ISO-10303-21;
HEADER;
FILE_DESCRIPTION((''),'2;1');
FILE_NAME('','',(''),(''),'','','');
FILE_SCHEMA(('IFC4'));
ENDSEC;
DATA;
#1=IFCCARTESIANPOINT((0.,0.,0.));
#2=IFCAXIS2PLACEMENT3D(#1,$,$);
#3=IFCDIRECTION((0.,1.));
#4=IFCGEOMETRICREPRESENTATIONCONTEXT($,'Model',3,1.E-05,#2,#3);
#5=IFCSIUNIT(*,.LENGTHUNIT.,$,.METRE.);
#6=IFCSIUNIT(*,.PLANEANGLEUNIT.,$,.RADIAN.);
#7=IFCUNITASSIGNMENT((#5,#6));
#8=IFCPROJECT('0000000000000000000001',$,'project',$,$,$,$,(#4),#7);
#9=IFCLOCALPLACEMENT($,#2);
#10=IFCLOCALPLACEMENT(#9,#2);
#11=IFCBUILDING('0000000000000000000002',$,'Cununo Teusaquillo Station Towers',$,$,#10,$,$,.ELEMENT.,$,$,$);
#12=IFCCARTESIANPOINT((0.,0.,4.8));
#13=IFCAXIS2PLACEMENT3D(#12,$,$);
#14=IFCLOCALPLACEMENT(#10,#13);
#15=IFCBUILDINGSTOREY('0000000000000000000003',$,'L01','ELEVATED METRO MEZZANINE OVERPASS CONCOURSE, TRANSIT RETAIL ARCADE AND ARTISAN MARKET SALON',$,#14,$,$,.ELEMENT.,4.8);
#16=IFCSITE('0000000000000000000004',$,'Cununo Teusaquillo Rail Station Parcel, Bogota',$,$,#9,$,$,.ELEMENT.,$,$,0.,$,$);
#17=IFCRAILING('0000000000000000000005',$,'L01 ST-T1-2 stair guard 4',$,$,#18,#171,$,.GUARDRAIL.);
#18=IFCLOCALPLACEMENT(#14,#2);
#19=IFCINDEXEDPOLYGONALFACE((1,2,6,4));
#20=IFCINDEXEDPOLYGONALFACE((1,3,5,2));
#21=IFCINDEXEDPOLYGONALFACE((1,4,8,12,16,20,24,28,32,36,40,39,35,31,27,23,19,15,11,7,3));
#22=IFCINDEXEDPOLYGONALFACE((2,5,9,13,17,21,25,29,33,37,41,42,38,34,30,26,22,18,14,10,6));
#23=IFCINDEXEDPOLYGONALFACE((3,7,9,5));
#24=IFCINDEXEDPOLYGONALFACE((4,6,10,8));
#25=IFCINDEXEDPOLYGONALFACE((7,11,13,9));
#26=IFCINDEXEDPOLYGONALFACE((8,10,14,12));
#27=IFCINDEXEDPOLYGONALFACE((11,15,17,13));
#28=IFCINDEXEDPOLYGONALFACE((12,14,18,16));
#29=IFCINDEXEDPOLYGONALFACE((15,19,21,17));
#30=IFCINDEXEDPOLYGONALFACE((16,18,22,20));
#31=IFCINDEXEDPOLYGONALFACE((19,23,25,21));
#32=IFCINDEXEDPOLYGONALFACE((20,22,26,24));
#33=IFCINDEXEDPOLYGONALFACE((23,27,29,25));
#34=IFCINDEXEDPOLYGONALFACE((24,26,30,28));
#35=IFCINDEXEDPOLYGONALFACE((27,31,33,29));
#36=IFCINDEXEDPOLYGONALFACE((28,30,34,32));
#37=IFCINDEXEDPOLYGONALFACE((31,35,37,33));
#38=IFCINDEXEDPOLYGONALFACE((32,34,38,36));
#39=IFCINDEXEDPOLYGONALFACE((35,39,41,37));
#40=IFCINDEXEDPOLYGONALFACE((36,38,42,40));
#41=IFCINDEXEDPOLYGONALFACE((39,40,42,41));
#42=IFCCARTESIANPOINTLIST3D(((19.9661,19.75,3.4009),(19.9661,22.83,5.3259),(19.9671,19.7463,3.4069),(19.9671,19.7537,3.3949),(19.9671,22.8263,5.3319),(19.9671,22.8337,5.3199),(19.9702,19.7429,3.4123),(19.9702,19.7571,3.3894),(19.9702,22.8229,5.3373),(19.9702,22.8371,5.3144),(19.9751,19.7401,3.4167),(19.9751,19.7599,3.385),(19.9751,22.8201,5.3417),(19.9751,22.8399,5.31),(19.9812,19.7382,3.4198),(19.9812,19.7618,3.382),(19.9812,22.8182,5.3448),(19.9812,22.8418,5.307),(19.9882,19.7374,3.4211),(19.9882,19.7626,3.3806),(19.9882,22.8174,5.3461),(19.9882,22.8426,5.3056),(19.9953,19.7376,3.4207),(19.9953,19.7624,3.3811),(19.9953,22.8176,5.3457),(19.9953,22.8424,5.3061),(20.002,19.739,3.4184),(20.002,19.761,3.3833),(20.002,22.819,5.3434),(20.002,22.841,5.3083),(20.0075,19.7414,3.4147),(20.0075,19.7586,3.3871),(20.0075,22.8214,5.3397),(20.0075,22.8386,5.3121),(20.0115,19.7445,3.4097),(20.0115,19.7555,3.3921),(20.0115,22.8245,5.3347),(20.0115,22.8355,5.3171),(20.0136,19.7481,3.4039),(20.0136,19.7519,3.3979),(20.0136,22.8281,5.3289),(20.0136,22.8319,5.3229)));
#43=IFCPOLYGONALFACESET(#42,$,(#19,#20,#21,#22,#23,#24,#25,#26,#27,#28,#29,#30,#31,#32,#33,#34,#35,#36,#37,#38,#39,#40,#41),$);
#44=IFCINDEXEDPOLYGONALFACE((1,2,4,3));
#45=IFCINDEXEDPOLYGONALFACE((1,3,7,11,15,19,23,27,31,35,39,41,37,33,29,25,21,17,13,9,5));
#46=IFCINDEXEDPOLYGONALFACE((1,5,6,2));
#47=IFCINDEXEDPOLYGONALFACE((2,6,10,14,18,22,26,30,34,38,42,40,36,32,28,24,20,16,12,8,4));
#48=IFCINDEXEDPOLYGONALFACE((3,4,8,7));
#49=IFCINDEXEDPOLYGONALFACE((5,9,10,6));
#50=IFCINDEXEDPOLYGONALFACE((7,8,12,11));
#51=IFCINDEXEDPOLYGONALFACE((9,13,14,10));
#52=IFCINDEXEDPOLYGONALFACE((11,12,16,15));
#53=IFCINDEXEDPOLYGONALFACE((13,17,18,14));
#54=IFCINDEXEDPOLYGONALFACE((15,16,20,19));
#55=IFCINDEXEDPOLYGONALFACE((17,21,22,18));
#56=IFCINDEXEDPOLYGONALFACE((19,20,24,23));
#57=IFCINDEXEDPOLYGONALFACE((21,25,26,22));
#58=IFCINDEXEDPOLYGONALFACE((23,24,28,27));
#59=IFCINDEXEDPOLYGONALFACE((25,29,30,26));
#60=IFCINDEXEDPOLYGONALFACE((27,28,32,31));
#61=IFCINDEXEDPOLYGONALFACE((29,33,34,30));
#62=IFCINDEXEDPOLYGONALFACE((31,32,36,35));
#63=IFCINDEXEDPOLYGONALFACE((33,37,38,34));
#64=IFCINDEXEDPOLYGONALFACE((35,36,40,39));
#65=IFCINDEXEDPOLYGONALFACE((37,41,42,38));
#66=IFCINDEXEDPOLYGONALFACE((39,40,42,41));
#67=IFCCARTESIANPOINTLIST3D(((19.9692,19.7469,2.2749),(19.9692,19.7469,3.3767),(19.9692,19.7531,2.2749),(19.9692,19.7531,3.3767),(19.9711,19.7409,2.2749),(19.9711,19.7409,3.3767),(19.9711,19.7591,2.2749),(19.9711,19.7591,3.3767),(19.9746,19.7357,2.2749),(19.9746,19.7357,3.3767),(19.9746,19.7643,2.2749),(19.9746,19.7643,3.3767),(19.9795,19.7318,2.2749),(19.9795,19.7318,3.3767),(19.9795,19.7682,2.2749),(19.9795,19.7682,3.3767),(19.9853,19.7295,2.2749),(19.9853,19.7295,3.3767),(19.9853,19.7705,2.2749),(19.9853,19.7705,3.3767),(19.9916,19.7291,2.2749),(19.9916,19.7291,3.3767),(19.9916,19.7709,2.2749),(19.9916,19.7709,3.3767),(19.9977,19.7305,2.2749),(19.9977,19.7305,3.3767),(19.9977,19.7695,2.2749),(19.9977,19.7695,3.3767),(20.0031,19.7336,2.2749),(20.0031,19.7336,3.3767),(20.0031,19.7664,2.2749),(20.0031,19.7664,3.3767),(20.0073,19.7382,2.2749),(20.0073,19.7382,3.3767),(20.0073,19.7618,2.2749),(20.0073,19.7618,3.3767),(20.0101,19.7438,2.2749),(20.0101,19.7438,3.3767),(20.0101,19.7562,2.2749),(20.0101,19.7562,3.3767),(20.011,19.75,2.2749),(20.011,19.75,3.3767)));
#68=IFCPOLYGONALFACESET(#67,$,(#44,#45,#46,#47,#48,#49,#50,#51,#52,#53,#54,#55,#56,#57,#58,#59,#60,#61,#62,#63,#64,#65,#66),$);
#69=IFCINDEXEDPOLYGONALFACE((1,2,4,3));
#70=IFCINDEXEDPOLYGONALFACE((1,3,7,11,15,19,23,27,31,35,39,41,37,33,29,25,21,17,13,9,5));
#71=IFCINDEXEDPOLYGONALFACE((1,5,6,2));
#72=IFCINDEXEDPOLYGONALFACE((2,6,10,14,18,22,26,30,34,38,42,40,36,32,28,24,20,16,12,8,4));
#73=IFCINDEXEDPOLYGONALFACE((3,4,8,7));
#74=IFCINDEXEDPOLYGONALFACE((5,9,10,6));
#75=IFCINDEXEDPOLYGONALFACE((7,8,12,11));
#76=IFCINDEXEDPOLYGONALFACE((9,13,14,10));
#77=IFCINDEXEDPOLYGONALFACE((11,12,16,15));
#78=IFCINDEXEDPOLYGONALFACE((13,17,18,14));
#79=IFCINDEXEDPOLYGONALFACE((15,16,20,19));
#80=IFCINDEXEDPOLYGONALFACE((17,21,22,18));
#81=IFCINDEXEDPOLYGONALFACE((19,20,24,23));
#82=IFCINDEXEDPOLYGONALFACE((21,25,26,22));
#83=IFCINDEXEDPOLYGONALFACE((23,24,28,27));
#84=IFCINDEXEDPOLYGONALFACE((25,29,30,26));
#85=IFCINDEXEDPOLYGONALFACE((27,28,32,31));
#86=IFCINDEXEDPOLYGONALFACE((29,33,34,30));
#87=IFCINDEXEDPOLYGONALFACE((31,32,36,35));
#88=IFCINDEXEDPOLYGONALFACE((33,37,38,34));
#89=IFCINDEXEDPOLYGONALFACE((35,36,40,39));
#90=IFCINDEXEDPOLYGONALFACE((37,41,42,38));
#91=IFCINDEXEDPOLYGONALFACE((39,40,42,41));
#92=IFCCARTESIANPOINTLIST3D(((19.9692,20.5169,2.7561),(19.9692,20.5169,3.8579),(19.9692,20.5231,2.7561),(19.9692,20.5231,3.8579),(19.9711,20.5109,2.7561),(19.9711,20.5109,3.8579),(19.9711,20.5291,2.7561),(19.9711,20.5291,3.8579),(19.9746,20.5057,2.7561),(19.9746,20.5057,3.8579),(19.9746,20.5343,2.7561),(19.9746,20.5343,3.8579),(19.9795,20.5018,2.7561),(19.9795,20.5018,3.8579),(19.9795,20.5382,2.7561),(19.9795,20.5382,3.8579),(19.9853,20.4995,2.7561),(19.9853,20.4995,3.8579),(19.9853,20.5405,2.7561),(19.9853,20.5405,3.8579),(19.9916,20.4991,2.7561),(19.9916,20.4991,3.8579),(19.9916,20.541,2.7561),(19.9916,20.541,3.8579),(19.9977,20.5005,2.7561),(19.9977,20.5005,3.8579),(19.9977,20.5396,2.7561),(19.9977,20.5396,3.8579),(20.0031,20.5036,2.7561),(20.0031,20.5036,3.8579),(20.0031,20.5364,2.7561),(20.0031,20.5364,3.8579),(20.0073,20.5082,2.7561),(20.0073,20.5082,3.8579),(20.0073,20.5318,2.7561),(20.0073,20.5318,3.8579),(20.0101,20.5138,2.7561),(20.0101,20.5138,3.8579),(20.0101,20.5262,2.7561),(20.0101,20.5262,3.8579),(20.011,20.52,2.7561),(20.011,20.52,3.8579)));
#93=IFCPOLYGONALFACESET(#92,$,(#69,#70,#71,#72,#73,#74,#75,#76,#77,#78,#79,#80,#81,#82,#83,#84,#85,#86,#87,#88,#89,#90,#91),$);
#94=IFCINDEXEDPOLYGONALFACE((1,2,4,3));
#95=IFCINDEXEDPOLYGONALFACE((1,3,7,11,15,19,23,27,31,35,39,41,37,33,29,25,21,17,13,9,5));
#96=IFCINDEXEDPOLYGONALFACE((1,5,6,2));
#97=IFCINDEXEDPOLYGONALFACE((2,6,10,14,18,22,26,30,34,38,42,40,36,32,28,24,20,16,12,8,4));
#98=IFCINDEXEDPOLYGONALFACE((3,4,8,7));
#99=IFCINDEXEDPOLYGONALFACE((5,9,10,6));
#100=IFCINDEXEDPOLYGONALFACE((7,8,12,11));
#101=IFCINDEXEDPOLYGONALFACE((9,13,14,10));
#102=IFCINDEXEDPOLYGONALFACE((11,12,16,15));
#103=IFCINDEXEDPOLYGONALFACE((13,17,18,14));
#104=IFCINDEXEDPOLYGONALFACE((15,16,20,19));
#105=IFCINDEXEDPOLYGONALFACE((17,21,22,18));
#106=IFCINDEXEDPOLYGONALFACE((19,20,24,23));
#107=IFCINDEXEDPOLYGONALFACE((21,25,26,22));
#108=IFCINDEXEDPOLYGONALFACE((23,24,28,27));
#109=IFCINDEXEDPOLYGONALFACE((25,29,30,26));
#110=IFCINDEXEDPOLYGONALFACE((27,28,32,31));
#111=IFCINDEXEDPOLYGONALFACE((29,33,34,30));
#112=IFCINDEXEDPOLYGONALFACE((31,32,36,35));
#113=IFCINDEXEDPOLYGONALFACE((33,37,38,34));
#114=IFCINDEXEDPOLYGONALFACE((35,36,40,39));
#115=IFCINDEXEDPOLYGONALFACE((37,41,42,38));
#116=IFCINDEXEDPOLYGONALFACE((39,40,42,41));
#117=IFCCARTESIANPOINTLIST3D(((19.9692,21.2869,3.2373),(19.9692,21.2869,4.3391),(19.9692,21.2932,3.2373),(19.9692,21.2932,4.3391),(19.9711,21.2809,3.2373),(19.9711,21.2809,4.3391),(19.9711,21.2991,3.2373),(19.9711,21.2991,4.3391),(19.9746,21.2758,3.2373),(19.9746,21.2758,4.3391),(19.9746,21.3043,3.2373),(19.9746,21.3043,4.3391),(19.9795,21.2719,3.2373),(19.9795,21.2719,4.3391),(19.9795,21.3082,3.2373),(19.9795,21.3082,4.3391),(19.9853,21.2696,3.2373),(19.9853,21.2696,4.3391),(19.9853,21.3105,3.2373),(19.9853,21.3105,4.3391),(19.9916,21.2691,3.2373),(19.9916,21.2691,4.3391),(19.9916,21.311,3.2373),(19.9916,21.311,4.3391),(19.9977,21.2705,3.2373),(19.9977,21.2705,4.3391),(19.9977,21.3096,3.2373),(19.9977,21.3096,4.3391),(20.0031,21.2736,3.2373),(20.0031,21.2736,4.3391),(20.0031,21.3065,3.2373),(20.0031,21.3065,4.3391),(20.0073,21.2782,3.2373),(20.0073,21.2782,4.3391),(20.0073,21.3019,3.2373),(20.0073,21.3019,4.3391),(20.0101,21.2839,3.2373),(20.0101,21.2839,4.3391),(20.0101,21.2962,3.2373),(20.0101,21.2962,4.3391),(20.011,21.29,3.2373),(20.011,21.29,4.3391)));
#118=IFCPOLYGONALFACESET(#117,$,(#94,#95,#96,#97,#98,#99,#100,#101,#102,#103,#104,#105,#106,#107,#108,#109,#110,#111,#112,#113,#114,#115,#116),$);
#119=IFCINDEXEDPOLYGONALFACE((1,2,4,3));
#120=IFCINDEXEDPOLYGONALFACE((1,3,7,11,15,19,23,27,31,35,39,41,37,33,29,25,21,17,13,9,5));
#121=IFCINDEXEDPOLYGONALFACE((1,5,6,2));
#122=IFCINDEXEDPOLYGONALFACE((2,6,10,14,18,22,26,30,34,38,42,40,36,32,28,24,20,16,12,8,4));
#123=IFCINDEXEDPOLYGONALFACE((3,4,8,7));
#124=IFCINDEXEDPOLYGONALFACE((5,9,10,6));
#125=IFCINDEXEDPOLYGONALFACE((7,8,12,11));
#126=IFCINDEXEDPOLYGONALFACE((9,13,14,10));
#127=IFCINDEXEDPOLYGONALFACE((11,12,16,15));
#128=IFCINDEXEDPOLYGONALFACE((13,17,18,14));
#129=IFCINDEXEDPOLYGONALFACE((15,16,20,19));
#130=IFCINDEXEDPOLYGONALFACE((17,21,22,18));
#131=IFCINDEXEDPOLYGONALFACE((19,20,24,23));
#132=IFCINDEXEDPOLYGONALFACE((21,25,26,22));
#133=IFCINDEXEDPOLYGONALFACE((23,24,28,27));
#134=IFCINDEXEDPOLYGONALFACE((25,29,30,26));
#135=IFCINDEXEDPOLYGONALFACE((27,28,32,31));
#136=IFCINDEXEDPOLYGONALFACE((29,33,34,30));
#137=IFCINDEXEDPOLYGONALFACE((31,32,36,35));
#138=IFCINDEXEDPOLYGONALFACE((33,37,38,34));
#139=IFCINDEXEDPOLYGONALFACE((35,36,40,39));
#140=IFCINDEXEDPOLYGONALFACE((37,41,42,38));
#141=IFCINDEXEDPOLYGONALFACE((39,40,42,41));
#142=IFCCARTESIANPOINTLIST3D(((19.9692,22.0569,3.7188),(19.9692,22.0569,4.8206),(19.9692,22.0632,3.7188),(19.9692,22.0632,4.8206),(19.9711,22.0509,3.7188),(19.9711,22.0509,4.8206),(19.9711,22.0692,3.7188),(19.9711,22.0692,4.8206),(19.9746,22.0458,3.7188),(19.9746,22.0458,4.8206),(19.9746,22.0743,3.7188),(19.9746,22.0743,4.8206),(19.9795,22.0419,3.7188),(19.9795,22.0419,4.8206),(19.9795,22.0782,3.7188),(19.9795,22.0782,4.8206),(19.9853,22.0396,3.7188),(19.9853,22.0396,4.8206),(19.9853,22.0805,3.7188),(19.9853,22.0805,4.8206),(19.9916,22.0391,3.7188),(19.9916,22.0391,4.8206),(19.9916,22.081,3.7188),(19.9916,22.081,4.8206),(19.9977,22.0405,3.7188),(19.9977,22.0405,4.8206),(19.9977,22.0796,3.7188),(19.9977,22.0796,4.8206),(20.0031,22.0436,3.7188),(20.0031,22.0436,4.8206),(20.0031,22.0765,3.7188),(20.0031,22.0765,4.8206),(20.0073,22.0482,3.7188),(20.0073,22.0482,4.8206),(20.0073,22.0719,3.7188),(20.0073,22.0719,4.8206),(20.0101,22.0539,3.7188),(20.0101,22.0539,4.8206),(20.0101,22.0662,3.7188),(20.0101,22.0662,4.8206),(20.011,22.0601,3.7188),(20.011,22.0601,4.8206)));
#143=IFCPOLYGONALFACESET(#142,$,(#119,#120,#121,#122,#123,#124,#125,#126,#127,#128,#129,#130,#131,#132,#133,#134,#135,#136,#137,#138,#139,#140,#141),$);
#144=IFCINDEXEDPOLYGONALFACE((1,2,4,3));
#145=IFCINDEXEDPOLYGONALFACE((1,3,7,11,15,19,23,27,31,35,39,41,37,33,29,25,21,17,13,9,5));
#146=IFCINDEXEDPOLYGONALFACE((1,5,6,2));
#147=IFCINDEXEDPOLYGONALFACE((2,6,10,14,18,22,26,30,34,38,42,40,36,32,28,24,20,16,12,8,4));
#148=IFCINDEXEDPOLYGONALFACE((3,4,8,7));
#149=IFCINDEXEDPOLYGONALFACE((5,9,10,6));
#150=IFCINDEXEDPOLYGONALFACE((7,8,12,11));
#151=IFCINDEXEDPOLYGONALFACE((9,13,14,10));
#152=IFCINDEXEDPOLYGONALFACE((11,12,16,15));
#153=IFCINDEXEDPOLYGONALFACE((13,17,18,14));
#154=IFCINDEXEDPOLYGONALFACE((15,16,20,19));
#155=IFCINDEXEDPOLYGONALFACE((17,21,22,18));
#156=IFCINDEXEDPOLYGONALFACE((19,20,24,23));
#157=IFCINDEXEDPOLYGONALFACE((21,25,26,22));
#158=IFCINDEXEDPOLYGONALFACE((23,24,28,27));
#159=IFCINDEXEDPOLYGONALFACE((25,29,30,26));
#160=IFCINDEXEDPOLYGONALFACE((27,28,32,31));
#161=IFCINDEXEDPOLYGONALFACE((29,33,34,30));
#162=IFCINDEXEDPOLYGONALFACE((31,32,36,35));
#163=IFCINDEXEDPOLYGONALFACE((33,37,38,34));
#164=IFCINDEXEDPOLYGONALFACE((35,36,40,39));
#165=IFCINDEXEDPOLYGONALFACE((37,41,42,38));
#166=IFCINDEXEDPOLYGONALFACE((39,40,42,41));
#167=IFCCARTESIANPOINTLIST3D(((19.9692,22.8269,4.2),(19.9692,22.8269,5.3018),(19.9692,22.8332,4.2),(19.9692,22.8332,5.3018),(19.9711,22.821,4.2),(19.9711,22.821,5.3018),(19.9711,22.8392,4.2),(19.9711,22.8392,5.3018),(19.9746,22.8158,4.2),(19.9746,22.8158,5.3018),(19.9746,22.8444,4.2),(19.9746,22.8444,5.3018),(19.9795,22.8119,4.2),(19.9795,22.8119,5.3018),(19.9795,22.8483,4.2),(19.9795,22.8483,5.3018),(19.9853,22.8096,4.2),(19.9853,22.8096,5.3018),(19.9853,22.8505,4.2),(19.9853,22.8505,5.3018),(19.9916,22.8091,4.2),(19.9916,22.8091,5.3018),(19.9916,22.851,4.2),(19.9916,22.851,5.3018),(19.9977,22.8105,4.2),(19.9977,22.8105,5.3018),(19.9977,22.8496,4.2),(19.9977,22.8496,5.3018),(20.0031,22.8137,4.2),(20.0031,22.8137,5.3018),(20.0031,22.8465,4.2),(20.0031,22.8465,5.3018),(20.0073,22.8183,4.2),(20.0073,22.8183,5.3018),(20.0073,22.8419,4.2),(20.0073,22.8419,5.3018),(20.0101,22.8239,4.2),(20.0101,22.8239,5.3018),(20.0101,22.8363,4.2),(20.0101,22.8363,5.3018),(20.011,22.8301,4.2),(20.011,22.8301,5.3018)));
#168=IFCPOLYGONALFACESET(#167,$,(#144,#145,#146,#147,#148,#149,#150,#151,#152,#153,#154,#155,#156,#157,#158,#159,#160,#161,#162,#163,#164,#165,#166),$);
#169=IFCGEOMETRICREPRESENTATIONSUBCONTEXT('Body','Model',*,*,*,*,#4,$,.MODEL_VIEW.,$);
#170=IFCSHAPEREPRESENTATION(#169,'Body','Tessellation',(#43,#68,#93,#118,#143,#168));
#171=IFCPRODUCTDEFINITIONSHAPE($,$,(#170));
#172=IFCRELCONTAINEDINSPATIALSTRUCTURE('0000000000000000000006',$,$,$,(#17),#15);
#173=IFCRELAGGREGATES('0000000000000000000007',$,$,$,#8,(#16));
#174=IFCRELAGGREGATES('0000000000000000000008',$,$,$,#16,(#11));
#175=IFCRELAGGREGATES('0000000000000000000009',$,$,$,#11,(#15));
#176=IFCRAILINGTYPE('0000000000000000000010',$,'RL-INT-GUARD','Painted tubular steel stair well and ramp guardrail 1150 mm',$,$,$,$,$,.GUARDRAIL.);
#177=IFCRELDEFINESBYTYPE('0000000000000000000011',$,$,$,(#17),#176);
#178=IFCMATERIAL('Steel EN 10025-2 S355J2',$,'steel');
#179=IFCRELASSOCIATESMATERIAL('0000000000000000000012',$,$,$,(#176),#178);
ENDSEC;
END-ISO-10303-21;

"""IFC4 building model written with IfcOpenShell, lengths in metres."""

from ifc_helpers import new_model, si_unit, direction, frame, origin, origin_2d, place, context, subcontext, project, spatial, circle, extrude, material, type_object, element, save


model = new_model("IFC4")

# Units and contexts
model_context = context("Model", 3, precision=1e-05, world=origin(), true_north=direction((0.0, 1.0)))
body_context = subcontext(model_context, "Body", "Model", "MODEL_VIEW")
ifc_project = project(units=[si_unit("LENGTHUNIT", "METRE"), si_unit("PLANEANGLEUNIT", "RADIAN")], contexts=[model_context])

# Site, building, storey
site_placement = place(None, origin())
site = spatial("IfcSite", under=ifc_project, at=site_placement, Name="Cununo Teusaquillo Rail Station Parcel, Bogota", CompositionType="ELEMENT", RefElevation=0.0)
building_placement = place(site_placement, origin())
building = spatial("IfcBuilding", under=site, at=building_placement, Name="Cununo Teusaquillo Station Towers", CompositionType="ELEMENT")
storey_placement = place(building_placement, frame((0.0, 0.0, 4.8)))
storey = spatial("IfcBuildingStorey", under=building, at=storey_placement, Name="L01", Description="ELEVATED METRO MEZZANINE OVERPASS CONCOURSE, TRANSIT RETAIL ARCADE AND ARTISAN MARKET SALON", CompositionType="ELEMENT", Elevation=4.8)

# Railing
ifc_material_1 = material(Name="Steel EN 10025-2 S355J2", Category="steel")
railing_type_1 = type_object("IfcRailingType", Name="RL-INT-GUARD", Description="Painted tubular steel stair well and ramp guardrail 1150 mm", PredefinedType="GUARDRAIL", material=ifc_material_1)
railing_1_placement = place(storey_placement, frame((19.99, 19.75, 2.2749)))
element("IfcRailing", 1, at=railing_1_placement, inside=storey, type_object=railing_type_1, Name="L01 ST-T1-2 stair guard 4", PredefinedType="GUARDRAIL", context=body_context, shape_type="SweptSolid", body=[
    extrude(circle(Radius=0.0239, at=origin_2d()), frame((0.0, 0.0, 1.126), z_axis=(0.0, 0.847998, 0.529999), x_axis=(-1.0, 0.0, 0.0)), (0.0, 0.0, 1.0), 3.6321),
    extrude(circle(Radius=0.021, at=origin_2d()), origin(), (0.0, 0.0, 1.0), 1.1018),
    extrude(circle(Radius=0.021, at=origin_2d()), frame((0.0, 0.77, 0.4812)), (0.0, 0.0, 1.0), 1.1018),
    extrude(circle(Radius=0.021, at=origin_2d()), frame((0.0, 1.54, 0.9624)), (0.0, 0.0, 1.0), 1.1018),
    extrude(circle(Radius=0.021, at=origin_2d()), frame((0.0, 2.3101, 1.4438)), (0.0, 0.0, 1.0), 1.1018),
    extrude(circle(Radius=0.021, at=origin_2d()), frame((0.0, 3.0801, 1.925)), (0.0, 0.0, 1.0), 1.1018),
])

save(model, "model.ifc")
